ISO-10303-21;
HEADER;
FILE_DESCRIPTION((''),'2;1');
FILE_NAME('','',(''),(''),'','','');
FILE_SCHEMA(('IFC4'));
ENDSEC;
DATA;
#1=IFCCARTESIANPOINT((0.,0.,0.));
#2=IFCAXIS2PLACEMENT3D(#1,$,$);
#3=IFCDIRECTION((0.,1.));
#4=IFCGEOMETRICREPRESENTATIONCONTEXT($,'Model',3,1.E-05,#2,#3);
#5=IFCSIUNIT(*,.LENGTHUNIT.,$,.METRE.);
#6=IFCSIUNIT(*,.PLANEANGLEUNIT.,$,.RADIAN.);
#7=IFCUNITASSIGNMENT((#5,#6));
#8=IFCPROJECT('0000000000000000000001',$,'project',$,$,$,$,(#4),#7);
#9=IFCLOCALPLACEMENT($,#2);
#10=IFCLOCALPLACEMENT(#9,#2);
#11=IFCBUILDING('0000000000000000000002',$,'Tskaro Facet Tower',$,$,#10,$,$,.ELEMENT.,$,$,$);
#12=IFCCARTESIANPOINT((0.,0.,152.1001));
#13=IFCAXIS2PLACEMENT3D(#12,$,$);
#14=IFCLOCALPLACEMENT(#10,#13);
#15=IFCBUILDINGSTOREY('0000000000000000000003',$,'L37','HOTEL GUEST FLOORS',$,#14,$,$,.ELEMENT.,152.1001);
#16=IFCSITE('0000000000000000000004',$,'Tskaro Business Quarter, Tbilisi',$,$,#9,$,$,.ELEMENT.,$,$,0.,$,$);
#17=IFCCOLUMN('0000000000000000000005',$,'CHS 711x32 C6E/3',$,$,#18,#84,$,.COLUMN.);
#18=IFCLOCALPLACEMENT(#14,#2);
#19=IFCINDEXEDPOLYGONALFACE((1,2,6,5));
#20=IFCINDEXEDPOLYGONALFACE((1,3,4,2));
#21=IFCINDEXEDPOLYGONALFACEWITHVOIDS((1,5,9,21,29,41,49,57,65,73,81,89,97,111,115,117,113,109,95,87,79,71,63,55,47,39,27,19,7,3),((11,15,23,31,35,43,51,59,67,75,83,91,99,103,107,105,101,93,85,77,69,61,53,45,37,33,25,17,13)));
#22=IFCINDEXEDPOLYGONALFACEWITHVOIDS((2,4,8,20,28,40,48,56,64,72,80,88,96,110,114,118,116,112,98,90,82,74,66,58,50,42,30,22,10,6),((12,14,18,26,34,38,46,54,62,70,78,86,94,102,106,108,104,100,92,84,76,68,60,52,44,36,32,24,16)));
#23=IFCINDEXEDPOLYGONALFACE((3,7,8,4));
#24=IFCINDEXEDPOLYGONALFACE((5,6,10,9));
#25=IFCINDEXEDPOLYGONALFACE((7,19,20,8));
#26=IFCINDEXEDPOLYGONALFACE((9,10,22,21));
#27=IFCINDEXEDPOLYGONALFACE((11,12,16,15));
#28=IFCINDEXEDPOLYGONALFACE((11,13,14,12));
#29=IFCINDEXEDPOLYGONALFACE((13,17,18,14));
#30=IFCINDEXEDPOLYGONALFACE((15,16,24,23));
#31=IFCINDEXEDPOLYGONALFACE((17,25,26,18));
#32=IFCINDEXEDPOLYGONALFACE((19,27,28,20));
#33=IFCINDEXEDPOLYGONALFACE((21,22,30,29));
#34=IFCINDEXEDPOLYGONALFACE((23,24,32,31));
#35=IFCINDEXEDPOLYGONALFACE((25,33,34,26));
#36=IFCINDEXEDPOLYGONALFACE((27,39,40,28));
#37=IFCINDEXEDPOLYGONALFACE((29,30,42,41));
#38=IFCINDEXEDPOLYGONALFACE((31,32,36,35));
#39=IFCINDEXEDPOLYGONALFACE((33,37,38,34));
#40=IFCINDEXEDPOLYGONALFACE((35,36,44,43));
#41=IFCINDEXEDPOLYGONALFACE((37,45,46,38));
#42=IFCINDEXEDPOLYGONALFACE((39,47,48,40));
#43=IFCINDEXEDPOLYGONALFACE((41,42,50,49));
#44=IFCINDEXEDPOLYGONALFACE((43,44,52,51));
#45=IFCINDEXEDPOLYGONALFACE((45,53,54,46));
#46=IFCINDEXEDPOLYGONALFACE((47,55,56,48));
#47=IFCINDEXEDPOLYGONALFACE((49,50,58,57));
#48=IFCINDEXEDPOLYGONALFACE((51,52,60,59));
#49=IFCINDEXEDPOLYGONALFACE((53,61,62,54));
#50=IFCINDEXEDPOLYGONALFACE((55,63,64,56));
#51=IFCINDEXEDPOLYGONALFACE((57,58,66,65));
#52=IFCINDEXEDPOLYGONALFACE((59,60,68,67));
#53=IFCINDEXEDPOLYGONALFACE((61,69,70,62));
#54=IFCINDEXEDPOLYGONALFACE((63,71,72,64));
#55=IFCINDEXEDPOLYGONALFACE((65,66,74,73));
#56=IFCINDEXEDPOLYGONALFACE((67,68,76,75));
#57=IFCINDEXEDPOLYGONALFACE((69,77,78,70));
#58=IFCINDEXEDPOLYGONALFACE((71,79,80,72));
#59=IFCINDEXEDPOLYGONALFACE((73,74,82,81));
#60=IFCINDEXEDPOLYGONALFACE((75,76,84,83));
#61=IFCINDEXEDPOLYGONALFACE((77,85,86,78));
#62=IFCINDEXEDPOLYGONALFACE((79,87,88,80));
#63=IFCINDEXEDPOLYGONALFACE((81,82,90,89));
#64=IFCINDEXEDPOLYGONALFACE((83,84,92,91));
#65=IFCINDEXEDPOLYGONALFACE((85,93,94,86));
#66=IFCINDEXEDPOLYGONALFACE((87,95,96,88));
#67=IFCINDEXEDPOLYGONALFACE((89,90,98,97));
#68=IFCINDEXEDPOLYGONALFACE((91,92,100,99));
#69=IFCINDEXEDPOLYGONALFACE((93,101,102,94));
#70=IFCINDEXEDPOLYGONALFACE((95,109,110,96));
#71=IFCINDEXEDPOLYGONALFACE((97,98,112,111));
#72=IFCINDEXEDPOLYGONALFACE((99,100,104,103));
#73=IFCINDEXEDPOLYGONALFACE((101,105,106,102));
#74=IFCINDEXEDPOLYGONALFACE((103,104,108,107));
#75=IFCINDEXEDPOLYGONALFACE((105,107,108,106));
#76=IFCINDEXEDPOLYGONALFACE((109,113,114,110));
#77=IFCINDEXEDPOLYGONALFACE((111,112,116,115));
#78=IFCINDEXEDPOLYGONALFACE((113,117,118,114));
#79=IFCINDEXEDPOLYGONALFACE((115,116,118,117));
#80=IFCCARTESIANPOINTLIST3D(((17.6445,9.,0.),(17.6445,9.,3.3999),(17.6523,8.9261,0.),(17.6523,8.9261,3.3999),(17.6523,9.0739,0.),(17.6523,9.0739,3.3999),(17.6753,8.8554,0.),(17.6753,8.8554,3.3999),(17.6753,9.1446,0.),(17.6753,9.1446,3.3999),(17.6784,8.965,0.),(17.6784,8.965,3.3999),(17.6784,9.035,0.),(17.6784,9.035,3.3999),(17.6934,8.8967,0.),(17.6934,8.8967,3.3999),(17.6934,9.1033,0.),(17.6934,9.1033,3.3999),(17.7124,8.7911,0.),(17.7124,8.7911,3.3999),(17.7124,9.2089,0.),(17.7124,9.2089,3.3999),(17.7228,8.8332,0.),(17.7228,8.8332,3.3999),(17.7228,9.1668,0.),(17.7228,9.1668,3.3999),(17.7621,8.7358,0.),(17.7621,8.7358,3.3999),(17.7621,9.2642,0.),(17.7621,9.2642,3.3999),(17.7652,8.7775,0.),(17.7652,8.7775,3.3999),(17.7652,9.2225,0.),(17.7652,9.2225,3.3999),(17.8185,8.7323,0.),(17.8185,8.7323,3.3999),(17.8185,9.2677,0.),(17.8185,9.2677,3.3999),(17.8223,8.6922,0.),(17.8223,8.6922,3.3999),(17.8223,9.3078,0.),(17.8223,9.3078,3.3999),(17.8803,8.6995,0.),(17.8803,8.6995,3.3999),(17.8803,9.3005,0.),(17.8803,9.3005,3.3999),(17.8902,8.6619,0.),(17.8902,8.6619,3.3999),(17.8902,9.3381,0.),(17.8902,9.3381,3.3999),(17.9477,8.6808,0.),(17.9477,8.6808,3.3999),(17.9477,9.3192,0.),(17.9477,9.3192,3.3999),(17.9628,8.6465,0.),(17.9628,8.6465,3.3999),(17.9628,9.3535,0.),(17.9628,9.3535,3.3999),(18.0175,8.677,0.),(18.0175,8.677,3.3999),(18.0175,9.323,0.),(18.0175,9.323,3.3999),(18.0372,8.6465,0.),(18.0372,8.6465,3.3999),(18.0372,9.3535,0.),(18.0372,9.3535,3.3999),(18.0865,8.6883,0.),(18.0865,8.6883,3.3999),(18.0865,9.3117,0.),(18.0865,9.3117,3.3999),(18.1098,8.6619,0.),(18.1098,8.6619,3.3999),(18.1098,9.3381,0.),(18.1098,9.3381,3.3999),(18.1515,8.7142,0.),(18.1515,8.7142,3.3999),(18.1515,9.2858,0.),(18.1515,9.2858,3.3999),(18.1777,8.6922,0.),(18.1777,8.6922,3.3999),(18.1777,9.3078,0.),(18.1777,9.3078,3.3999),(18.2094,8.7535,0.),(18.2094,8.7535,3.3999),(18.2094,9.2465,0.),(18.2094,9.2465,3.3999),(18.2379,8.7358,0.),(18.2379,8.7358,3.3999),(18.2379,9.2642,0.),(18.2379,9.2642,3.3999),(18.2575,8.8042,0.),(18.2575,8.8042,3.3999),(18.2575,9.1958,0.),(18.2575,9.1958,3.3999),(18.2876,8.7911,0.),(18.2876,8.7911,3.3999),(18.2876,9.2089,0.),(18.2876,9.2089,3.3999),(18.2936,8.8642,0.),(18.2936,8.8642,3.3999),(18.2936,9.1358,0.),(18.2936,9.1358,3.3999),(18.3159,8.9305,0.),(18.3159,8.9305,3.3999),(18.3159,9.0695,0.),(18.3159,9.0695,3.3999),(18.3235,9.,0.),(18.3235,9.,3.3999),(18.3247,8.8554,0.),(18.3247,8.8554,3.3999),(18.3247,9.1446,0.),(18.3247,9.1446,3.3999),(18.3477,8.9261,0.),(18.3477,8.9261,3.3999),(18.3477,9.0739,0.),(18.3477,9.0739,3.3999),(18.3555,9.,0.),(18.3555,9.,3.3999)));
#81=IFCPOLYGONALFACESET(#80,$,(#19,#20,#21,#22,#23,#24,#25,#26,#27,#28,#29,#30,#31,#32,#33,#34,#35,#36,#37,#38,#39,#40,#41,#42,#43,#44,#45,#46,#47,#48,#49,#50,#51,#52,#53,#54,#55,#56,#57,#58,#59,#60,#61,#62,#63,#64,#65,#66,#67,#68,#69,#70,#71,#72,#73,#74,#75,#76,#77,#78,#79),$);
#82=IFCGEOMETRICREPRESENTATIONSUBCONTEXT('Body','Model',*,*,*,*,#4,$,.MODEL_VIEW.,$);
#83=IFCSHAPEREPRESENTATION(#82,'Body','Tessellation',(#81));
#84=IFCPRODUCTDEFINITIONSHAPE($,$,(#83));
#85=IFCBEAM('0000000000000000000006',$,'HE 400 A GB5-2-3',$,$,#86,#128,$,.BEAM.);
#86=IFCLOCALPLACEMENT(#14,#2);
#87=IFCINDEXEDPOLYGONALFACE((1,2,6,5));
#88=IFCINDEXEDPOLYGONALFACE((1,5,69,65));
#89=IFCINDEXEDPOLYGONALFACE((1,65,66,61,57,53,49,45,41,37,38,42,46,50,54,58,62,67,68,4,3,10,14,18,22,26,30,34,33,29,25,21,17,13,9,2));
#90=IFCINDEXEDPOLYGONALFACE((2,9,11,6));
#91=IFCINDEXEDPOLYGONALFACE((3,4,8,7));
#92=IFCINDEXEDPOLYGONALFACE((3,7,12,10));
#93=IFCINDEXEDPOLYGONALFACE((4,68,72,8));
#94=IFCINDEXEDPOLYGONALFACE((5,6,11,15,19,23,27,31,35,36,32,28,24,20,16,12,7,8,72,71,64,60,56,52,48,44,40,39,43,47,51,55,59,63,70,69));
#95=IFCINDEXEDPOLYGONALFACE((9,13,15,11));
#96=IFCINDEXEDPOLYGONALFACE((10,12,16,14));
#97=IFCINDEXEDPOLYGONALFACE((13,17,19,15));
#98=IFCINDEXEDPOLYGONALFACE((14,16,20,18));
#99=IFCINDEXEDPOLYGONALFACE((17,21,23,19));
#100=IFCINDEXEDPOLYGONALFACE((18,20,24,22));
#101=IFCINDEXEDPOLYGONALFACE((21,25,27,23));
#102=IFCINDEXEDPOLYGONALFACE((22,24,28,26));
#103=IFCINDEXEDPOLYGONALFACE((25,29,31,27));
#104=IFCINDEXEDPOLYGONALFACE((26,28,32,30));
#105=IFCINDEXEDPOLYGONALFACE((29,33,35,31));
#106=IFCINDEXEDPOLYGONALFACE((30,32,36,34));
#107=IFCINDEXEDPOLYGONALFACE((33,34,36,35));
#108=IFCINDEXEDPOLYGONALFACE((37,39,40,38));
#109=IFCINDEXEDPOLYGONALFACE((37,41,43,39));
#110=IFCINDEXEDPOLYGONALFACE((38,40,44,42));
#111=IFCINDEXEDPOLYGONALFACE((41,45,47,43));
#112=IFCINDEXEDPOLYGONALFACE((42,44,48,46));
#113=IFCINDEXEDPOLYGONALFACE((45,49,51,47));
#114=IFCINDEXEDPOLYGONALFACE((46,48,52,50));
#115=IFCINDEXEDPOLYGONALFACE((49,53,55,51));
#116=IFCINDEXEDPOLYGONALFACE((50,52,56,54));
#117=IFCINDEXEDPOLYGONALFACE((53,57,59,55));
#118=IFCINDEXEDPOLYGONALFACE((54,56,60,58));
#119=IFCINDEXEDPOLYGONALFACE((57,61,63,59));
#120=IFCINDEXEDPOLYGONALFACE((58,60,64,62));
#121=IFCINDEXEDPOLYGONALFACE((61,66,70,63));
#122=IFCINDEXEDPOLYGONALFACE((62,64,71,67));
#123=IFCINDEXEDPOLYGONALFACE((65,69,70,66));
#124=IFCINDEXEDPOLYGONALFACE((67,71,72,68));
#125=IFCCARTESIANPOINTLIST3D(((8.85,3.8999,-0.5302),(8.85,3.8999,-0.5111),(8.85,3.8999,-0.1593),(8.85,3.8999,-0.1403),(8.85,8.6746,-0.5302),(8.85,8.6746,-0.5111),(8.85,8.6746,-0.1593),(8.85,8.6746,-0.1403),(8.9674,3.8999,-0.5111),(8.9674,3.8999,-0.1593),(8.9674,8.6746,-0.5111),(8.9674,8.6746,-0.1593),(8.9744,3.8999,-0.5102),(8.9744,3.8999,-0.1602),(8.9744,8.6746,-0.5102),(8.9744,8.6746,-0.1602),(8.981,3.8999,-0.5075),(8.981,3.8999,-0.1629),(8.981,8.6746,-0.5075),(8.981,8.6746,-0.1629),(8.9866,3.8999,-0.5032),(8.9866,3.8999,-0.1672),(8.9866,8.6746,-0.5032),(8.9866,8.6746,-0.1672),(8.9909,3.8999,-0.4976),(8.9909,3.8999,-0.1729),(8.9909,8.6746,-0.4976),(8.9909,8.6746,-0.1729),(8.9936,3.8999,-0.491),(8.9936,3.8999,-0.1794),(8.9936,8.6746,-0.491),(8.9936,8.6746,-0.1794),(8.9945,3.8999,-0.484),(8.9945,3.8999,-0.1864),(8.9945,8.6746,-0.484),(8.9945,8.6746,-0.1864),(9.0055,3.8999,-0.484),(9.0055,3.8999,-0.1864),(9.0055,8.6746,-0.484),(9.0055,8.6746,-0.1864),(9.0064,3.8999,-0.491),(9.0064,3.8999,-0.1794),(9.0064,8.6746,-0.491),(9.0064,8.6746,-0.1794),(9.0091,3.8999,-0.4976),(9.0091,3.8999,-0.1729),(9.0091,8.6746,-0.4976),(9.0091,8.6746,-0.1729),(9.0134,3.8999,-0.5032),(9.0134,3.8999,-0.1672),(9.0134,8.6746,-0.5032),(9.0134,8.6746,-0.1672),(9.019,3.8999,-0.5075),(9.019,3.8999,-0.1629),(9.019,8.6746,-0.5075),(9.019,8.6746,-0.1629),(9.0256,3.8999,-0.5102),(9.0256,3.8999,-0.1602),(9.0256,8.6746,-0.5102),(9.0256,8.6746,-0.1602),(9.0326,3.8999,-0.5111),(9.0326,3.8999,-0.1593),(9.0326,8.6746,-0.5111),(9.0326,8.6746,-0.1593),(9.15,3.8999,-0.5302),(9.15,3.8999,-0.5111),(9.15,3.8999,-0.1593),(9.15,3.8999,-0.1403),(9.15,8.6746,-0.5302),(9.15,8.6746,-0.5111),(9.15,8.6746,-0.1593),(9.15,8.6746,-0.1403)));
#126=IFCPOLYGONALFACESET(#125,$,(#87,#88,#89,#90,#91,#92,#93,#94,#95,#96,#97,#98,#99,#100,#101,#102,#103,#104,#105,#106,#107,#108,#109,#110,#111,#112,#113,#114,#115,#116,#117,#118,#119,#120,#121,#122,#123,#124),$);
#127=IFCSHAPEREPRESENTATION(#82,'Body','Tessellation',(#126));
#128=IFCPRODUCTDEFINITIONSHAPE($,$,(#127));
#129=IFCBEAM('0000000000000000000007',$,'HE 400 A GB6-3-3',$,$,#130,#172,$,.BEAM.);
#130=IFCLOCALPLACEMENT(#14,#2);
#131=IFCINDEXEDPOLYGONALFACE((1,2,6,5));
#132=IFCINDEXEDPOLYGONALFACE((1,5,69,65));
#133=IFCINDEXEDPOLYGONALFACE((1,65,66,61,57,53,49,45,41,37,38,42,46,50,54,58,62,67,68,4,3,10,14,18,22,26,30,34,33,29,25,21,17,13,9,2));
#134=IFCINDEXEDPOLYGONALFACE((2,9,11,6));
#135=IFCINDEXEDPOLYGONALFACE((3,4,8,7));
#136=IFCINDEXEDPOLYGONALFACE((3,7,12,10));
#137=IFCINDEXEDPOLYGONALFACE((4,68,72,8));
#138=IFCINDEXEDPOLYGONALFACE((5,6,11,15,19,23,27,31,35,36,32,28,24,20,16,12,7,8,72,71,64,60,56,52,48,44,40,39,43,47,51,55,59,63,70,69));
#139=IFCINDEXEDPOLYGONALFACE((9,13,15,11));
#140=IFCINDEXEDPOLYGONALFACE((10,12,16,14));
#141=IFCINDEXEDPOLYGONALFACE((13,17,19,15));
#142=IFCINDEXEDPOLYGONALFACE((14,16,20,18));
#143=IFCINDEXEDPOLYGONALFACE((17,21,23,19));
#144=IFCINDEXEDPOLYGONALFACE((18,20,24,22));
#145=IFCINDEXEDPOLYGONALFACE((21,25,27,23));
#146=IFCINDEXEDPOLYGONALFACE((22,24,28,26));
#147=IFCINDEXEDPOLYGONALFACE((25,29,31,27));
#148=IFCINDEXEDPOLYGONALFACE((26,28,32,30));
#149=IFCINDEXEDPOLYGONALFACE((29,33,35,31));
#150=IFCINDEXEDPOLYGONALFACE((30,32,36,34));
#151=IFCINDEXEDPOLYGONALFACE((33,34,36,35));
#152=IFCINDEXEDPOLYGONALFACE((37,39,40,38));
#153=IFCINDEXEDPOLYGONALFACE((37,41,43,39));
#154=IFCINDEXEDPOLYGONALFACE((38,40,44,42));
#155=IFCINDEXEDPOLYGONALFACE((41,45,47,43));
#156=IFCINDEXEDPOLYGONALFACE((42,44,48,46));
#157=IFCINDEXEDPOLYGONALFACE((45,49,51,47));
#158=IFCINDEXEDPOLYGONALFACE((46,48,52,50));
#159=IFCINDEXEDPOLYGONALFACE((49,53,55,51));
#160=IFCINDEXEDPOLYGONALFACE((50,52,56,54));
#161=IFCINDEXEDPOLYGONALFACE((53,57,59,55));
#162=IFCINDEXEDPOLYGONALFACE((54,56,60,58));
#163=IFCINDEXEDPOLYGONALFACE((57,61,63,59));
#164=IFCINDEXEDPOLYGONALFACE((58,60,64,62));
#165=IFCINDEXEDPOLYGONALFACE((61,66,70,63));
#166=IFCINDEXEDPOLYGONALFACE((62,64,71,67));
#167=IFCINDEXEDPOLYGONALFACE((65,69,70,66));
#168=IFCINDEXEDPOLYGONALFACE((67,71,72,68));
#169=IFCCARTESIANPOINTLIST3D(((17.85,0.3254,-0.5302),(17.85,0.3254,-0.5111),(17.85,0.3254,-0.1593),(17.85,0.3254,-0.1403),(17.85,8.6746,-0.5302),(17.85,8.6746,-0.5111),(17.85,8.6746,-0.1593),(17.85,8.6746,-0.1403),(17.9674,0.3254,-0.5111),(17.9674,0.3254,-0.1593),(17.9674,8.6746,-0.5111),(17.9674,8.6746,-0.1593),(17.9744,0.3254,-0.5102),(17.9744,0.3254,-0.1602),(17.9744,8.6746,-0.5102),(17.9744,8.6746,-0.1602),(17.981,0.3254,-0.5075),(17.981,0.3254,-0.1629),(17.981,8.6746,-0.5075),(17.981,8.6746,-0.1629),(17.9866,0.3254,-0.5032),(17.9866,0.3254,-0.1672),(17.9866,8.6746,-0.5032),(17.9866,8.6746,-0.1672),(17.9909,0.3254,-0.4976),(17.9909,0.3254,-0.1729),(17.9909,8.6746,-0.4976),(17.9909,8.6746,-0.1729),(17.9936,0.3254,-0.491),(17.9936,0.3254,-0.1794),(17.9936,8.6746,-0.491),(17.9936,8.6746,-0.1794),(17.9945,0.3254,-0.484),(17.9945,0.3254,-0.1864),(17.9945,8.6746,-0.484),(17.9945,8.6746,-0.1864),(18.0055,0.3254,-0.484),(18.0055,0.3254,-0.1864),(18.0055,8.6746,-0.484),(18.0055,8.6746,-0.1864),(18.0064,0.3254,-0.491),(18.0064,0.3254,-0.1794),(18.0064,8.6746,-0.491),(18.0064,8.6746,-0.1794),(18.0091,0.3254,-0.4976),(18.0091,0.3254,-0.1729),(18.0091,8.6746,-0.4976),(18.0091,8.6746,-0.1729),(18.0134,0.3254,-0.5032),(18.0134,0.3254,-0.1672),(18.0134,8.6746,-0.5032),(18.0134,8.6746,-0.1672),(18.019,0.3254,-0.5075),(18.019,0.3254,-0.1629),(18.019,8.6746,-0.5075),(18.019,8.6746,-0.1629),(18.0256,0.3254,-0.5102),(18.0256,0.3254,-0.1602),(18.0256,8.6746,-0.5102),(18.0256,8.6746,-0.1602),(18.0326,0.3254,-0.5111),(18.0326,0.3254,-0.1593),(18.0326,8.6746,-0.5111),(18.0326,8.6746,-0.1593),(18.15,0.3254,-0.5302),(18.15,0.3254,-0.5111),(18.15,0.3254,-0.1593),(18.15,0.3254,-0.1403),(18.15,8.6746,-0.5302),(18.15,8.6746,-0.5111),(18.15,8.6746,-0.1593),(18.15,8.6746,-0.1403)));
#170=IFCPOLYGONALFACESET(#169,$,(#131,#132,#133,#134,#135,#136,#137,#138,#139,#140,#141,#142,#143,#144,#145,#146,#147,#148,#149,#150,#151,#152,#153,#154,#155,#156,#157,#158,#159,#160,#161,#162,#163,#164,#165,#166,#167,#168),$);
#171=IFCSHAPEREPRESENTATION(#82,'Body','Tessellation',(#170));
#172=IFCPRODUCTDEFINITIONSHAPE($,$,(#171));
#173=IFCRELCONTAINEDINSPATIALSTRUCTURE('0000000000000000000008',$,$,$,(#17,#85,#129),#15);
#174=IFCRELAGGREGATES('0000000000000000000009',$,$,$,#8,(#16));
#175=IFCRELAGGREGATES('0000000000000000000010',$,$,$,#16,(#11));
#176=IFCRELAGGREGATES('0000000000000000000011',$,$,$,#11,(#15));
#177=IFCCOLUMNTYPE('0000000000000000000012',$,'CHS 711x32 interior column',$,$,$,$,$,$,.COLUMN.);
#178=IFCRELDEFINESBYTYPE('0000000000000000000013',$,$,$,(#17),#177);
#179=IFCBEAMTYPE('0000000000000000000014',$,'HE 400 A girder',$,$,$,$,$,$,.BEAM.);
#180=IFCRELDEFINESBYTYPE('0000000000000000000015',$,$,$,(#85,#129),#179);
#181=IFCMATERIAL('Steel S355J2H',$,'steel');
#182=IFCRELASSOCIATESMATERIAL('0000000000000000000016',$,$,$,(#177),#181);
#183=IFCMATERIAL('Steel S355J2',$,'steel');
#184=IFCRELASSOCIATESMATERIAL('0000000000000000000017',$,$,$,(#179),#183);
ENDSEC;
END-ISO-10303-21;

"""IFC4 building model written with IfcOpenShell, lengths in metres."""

from ifc_helpers import new_model, si_unit, direction, frame, origin, origin_2d, place, context, subcontext, project, spatial, hollow_circle, i_section, extrude, material, material_profile, profile_set, type_object, element, save


model = new_model("IFC4")

# Units and contexts
model_context = context("Model", 3, precision=1e-05, world=origin(), true_north=direction((0.0, 1.0)))
body_context = subcontext(model_context, "Body", "Model", "MODEL_VIEW")
ifc_project = project(units=[si_unit("LENGTHUNIT", "METRE"), si_unit("PLANEANGLEUNIT", "RADIAN")], contexts=[model_context])

# Site, building, storey
site_placement = place(None, origin())
site = spatial("IfcSite", under=ifc_project, at=site_placement, Name="Tskaro Business Quarter, Tbilisi", CompositionType="ELEMENT", RefElevation=0.0)
building_placement = place(site_placement, origin())
building = spatial("IfcBuilding", under=site, at=building_placement, Name="Tskaro Facet Tower", CompositionType="ELEMENT")
storey_placement = place(building_placement, frame((0.0, 0.0, 152.1001)))
storey = spatial("IfcBuildingStorey", under=building, at=storey_placement, Name="L37", Description="HOTEL GUEST FLOORS", CompositionType="ELEMENT", Elevation=152.1001)

# Column
ifc_material_1 = material(Name="Steel S355J2H", Category="steel")
ifc_material_profile_1 = material_profile(ifc_material_1, hollow_circle(Radius=0.3555, WallThickness=0.032, at=origin_2d()), Name="CHS 711x32")
ifc_profile_set_1 = profile_set([ifc_material_profile_1], Name="Steel S355J2H")
column_type = type_object("IfcColumnType", Name="CHS 711x32 interior column", PredefinedType="COLUMN", material=ifc_profile_set_1)
for number, where, z_axis, x_axis, name in (
    (1, (18.0, 9.0, 0.0), (0.0, 0.0, 1.0), (1.0, 0.0, 0.0), "CHS 711x32 C6E/3"),
):
    element("IfcColumn", number, at=place(storey_placement, frame(where, z_axis=z_axis, x_axis=x_axis)), inside=storey, type_object=column_type, Name=name, PredefinedType="COLUMN", context=body_context, shape_type="SweptSolid", body=[
        extrude(hollow_circle(Radius=0.3555, WallThickness=0.032, at=origin_2d()), origin(), (0.0, 0.0, 1.0), 3.3999),
    ])

# Beams
ifc_material_2 = material(Name="Steel S355J2", Category="steel")
ifc_material_profile_2 = material_profile(ifc_material_2, i_section(OverallWidth=0.3, OverallDepth=0.3899, WebThickness=0.011, FlangeThickness=0.019, FilletRadius=0.0271, at=origin_2d()), Name="HE 400 A")
ifc_profile_set_2 = profile_set([ifc_material_profile_2], Name="Steel S355J2")
beam_type_1 = type_object("IfcBeamType", Name="HE 400 A girder", PredefinedType="BEAM", material=ifc_profile_set_2)
beam_1_placement = place(storey_placement, frame((9.0, 3.8999, -0.3352), z_axis=(0.0, 1.0, 0.0), x_axis=(-1.0, 0.0, 0.0)))
element("IfcBeam", 2, at=beam_1_placement, inside=storey, type_object=beam_type_1, Name="HE 400 A GB5-2-3", PredefinedType="BEAM", context=body_context, shape_type="SweptSolid", body=[
    extrude(i_section(OverallWidth=0.3, OverallDepth=0.3899, WebThickness=0.011, FlangeThickness=0.019, FilletRadius=0.0271, at=origin_2d()), origin(), (0.0, 0.0, 1.0), 4.7747),
])
beam_2_placement = place(storey_placement, frame((18.0, 0.3254, -0.3352), z_axis=(0.0, 1.0, 0.0), x_axis=(-1.0, 0.0, 0.0)))
element("IfcBeam", 3, at=beam_2_placement, inside=storey, type_object=beam_type_1, Name="HE 400 A GB6-3-3", PredefinedType="BEAM", context=body_context, shape_type="SweptSolid", body=[
    extrude(i_section(OverallWidth=0.3, OverallDepth=0.3899, WebThickness=0.011, FlangeThickness=0.019, FilletRadius=0.0271, at=origin_2d()), origin(), (0.0, 0.0, 1.0), 8.3491),
])

save(model, "model.ifc")
